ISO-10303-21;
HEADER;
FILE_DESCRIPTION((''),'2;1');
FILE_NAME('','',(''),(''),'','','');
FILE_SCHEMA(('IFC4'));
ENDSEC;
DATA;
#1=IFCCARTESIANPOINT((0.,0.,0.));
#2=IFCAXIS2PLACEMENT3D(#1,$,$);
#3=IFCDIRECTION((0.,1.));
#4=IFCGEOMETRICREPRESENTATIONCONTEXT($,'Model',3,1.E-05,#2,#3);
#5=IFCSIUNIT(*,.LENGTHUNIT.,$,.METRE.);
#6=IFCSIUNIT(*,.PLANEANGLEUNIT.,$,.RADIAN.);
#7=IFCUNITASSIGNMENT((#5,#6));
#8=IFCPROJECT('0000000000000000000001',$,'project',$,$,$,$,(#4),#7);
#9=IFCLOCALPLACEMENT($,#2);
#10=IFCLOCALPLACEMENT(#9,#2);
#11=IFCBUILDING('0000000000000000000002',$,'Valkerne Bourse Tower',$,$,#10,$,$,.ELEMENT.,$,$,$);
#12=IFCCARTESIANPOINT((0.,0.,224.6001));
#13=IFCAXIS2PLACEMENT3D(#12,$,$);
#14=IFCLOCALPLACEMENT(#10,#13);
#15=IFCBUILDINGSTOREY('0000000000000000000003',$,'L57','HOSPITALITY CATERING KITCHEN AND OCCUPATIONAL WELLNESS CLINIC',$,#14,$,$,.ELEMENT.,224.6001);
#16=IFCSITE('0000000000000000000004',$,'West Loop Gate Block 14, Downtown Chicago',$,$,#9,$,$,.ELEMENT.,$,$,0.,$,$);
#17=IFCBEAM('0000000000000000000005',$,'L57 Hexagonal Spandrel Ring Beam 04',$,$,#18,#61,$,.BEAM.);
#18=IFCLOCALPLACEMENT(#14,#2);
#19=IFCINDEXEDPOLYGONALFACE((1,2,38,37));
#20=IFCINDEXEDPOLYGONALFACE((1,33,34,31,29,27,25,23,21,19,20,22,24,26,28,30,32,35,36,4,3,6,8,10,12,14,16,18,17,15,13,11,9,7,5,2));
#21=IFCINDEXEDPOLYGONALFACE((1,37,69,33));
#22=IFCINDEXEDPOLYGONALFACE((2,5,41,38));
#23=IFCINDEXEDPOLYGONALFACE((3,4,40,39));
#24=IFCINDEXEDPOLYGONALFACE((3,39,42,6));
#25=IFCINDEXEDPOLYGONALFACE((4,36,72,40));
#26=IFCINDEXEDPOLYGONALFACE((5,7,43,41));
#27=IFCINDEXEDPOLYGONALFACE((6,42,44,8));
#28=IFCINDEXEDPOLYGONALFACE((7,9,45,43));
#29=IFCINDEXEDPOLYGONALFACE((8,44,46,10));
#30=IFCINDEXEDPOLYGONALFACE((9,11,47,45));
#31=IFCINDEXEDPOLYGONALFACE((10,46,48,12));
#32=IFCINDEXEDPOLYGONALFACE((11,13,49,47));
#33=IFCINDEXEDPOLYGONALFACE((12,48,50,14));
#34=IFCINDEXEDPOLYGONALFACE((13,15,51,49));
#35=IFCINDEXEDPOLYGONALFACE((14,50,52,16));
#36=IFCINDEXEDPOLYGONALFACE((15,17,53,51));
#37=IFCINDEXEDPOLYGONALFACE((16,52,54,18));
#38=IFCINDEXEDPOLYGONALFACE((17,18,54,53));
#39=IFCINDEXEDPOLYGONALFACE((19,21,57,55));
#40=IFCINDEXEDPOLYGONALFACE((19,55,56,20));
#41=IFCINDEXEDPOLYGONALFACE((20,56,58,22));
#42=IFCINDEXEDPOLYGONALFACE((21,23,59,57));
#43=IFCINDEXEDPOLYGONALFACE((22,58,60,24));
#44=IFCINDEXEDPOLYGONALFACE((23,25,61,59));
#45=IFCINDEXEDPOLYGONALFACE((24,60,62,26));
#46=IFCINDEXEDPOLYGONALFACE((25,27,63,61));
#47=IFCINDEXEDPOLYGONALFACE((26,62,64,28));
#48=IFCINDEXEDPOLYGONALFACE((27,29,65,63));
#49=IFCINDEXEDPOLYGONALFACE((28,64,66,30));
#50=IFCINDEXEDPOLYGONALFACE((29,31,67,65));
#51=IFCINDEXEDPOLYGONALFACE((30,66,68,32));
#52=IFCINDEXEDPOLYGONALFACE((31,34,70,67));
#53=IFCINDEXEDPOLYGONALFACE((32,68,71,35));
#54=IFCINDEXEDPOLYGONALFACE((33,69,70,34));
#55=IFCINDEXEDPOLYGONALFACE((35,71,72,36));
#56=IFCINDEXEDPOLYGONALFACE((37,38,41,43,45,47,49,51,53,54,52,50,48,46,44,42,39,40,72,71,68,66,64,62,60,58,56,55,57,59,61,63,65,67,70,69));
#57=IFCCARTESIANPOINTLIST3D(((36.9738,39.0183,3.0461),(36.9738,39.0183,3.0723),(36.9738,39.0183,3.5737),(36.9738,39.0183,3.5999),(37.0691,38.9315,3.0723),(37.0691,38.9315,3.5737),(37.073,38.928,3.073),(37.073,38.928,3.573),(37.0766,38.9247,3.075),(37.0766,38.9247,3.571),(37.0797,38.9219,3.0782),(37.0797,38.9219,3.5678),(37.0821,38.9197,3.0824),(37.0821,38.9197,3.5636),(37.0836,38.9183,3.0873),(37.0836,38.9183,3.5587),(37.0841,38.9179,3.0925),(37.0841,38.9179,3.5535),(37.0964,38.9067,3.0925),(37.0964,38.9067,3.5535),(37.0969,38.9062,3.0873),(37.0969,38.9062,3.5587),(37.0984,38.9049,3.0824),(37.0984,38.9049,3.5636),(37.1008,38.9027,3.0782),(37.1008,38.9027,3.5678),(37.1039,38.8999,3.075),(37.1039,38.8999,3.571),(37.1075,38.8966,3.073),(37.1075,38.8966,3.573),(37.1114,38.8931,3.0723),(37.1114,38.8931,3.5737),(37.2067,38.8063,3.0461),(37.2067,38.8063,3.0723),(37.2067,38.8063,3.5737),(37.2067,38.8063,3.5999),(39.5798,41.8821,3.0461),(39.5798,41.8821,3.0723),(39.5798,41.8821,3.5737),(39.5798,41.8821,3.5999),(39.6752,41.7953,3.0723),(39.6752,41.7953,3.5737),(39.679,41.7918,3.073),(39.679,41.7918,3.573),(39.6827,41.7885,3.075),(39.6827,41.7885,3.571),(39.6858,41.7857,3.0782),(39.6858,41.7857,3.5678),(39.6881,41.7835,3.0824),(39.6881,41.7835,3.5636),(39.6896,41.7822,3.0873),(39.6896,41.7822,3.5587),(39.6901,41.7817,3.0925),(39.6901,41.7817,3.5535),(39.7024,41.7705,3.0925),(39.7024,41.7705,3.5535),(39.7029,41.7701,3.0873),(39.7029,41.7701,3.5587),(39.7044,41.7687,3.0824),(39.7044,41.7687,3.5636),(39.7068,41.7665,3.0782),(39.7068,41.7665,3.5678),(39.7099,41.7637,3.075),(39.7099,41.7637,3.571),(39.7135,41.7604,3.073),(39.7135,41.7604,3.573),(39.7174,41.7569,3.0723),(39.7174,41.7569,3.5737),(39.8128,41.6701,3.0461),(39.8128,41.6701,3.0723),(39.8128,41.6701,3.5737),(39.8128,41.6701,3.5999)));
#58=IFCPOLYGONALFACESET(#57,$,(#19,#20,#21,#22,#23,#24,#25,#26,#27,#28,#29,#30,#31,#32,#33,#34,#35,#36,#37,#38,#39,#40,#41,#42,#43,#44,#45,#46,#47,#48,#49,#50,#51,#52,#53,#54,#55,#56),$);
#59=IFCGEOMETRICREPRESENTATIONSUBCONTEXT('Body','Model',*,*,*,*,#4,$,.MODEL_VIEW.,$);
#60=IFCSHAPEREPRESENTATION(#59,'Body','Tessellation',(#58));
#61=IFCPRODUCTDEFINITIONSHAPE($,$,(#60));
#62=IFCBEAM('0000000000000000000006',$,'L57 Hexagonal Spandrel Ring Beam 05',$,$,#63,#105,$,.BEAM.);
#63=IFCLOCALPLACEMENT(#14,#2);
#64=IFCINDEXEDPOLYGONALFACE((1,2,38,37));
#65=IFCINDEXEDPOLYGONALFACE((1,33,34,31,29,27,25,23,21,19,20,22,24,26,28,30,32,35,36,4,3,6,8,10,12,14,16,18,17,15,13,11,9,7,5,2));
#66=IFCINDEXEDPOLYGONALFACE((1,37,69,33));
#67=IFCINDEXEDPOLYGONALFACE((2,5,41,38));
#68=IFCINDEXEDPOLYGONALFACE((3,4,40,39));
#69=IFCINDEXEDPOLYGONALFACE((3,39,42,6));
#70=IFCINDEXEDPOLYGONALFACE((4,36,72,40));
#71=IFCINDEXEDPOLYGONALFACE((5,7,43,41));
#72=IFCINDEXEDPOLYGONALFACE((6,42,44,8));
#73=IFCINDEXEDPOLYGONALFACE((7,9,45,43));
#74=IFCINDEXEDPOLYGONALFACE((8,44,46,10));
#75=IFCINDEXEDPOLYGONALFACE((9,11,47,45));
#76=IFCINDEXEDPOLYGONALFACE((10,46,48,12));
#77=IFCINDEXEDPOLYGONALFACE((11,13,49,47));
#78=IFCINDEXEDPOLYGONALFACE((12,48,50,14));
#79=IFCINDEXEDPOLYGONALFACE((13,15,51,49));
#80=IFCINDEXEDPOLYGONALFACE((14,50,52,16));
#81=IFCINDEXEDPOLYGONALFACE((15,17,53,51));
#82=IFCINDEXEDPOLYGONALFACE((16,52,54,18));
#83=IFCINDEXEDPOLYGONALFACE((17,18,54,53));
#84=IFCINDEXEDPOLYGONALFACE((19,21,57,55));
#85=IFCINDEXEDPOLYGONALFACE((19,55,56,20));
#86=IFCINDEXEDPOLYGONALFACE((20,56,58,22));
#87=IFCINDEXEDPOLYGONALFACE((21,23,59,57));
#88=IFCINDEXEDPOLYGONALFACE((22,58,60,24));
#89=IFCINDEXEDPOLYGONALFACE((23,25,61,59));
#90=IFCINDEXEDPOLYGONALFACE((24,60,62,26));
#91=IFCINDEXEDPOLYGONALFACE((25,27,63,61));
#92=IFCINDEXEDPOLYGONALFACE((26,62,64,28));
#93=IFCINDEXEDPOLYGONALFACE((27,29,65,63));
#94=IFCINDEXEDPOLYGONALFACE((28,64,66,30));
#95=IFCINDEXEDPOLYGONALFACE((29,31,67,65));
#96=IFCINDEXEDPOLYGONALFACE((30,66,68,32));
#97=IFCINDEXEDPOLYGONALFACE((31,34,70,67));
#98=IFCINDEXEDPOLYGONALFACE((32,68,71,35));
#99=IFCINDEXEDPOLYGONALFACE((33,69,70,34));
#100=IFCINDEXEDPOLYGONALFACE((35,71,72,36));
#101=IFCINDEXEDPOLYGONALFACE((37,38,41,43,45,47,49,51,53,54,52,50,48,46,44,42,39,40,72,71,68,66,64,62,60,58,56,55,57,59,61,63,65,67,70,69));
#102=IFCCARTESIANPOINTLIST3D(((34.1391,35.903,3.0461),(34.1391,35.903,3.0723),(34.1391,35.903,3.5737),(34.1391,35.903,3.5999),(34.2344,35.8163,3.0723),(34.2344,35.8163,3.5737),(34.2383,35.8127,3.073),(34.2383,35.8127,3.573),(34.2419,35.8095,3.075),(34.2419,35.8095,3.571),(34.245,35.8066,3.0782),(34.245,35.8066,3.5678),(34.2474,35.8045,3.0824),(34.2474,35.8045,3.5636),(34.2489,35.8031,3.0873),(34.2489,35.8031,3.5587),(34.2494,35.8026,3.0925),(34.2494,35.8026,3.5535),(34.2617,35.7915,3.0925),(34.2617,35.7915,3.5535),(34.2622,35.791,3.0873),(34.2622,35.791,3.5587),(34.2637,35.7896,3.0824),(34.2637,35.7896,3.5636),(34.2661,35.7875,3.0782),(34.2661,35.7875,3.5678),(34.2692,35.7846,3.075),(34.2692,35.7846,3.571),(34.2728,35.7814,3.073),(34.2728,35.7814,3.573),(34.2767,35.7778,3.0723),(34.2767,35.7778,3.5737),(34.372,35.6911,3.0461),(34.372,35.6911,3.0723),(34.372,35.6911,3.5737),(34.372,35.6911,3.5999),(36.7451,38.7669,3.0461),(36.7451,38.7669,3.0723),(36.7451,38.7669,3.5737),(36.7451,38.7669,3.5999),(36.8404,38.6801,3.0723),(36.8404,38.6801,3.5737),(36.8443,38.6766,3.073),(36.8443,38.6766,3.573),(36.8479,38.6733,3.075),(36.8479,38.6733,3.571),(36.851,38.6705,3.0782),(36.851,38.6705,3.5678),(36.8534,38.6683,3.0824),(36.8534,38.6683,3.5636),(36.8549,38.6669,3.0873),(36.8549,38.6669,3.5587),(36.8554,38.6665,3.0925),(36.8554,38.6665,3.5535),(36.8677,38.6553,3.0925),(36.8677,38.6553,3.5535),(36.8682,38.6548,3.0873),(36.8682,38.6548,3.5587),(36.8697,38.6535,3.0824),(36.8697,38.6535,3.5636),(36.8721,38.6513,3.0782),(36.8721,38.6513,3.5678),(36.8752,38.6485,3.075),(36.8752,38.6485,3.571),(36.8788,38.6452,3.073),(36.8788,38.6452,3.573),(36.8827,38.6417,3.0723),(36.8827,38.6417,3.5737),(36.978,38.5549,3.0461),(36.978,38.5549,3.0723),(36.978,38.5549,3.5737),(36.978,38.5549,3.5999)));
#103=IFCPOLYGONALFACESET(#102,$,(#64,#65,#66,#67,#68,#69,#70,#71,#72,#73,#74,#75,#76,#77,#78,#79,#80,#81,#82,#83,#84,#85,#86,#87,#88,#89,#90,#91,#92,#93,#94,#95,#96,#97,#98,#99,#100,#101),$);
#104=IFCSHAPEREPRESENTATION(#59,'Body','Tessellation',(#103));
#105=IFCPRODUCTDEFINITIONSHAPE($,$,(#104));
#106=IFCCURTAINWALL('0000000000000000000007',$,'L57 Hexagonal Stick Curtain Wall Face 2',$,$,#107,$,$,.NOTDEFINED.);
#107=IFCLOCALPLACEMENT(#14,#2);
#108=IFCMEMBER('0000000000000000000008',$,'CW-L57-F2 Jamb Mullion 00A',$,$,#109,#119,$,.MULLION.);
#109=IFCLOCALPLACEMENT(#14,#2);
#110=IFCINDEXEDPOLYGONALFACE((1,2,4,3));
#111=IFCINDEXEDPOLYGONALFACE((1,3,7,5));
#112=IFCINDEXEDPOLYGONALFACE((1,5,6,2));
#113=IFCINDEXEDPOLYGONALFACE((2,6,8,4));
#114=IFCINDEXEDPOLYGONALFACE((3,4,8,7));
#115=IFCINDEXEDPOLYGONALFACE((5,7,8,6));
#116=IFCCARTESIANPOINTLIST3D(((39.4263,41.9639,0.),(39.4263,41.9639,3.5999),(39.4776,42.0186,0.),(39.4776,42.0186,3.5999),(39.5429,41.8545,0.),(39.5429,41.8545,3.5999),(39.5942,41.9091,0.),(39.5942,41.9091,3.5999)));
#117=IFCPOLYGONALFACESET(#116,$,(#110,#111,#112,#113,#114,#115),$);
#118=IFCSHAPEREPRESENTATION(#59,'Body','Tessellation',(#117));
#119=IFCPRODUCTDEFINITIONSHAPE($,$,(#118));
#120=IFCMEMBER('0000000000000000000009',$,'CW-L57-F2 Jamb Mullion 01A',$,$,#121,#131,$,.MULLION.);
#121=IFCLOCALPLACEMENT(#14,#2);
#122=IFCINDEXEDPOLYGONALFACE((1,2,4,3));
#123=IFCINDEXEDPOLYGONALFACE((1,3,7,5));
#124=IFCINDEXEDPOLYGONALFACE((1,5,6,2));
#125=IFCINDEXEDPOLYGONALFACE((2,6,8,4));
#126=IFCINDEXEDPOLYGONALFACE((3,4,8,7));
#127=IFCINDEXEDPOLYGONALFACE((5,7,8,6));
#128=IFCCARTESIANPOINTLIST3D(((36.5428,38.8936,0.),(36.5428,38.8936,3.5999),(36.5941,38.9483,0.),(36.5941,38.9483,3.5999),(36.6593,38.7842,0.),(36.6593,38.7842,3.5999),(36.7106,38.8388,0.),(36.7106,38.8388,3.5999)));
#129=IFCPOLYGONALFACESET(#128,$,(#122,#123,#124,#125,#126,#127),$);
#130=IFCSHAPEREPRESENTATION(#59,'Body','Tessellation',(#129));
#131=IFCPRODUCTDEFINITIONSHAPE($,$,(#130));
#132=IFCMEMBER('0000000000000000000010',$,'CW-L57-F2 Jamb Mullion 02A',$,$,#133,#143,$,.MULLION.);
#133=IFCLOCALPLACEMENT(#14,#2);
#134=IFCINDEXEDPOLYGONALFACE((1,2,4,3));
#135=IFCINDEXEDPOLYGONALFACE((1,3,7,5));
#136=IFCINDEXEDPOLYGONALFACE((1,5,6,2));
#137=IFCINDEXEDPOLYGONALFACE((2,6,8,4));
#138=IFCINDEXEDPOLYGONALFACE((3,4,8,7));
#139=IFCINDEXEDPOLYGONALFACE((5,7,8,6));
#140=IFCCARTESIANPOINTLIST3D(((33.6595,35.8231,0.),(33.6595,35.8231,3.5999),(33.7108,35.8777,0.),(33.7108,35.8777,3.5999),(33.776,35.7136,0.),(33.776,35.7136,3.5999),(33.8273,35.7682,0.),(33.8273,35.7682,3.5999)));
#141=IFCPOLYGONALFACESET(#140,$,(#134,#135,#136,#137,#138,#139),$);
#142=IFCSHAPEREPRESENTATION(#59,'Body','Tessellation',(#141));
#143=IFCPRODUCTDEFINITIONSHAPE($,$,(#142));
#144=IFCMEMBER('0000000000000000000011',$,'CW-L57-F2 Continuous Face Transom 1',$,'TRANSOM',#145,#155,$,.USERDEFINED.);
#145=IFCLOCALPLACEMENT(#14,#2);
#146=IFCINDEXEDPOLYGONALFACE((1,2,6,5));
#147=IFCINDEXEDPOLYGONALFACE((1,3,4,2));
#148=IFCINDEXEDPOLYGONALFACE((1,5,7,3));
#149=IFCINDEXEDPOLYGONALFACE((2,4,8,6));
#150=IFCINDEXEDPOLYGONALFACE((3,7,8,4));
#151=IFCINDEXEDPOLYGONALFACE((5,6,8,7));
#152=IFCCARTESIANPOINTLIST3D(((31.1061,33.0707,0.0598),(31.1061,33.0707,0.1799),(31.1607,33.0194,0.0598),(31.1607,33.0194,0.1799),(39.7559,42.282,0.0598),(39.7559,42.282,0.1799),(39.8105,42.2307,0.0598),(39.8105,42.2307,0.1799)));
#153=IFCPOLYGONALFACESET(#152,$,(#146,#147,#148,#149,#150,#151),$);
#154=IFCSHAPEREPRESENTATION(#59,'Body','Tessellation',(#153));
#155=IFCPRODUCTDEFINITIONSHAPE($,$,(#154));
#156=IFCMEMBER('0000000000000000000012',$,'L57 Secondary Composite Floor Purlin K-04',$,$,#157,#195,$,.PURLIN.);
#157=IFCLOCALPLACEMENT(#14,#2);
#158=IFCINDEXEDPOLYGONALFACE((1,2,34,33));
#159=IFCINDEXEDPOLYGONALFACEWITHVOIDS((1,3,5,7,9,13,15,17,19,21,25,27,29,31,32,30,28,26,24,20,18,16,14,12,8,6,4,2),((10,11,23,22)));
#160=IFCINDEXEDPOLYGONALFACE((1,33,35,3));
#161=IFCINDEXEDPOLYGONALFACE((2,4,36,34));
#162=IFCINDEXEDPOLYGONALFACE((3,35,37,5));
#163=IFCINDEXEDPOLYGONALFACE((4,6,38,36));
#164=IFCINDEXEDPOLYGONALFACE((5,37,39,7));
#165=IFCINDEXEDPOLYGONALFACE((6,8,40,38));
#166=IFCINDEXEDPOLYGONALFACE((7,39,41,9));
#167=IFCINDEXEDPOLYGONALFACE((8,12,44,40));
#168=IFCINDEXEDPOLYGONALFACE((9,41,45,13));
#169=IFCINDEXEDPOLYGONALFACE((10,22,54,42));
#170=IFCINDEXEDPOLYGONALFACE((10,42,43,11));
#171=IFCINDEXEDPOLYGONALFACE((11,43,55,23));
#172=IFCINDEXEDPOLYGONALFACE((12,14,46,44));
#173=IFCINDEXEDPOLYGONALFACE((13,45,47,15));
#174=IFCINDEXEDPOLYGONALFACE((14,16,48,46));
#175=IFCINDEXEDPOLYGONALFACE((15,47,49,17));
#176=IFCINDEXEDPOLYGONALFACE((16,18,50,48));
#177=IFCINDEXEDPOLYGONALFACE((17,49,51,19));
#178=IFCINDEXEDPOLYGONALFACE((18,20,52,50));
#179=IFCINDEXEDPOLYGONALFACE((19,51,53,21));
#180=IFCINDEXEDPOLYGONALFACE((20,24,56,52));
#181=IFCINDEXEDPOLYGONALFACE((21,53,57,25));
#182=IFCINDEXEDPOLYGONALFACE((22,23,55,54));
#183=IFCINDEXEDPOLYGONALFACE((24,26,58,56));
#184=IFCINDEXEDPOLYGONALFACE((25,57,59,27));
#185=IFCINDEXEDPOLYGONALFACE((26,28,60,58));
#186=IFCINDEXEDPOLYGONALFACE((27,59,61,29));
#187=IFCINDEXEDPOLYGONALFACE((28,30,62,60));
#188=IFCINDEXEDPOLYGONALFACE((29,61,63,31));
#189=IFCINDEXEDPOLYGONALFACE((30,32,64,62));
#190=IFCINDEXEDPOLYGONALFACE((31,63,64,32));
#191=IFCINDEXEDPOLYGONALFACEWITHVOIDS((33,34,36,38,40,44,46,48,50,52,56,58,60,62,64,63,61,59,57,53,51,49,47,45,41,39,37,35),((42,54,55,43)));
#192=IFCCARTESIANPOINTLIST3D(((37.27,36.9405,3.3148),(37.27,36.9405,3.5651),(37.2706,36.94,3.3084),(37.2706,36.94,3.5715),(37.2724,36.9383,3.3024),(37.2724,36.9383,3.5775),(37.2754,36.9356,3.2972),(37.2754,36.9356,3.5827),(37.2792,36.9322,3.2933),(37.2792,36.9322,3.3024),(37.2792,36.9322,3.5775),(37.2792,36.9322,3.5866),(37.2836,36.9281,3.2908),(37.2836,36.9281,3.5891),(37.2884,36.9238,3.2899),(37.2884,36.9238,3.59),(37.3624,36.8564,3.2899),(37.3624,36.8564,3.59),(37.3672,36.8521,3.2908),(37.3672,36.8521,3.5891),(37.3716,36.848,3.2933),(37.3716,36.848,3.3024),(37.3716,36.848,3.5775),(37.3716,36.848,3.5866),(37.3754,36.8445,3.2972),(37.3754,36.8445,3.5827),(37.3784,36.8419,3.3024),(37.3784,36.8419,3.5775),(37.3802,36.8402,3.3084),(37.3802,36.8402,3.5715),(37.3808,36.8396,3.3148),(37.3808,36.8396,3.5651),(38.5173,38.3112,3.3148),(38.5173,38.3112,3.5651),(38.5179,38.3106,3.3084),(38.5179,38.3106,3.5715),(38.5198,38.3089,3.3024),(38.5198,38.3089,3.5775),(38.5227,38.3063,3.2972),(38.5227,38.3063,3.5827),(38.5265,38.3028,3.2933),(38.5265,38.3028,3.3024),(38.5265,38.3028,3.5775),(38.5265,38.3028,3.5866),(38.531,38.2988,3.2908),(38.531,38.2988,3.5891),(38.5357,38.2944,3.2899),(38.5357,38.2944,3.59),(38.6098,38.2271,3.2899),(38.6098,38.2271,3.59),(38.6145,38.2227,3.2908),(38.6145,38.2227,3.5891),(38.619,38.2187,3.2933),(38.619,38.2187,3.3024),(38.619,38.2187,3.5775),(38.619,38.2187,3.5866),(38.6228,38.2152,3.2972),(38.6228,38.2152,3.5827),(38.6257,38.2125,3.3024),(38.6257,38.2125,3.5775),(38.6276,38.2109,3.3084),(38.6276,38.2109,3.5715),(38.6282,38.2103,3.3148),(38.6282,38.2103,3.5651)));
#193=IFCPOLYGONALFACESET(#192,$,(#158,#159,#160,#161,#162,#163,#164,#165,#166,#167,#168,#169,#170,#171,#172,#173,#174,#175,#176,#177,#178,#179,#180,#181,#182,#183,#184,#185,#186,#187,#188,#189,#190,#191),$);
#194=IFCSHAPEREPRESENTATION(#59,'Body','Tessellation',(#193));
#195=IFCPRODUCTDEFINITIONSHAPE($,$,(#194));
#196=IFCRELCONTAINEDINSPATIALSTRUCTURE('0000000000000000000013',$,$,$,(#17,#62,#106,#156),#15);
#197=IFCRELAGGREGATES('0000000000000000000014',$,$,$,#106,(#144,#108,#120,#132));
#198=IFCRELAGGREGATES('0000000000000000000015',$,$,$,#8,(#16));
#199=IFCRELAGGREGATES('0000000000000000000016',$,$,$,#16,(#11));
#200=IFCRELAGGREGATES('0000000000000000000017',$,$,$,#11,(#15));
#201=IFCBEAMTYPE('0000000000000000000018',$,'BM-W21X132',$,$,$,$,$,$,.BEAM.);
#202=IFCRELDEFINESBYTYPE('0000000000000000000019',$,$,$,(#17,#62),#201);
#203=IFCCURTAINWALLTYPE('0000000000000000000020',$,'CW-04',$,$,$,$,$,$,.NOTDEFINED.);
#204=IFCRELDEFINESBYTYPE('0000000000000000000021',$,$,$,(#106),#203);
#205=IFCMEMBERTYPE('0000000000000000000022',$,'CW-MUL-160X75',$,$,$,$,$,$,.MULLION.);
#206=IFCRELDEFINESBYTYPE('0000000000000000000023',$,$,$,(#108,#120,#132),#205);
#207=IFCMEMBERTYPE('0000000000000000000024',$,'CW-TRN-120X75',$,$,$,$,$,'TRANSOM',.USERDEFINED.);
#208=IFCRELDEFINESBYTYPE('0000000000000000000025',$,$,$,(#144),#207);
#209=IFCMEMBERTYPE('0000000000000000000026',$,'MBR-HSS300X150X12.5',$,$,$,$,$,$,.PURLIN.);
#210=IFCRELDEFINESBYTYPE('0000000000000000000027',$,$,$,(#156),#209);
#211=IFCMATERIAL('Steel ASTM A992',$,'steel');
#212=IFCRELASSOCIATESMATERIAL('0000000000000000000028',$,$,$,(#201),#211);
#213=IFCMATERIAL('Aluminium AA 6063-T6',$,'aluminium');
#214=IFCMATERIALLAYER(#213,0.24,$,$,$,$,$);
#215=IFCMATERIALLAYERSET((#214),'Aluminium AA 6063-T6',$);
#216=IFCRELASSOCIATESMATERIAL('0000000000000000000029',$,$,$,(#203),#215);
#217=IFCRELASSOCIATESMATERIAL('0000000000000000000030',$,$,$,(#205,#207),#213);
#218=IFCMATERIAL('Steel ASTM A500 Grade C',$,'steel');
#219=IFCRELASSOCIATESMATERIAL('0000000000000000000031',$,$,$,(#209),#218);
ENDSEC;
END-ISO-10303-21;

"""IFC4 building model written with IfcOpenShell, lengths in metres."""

from ifc_helpers import new_model, si_unit, direction, frame, origin, origin_2d, place, context, subcontext, project, spatial, rectangle, hollow_rectangle, i_section, extrude, material, layer, layer_set, material_profile, profile_set, type_object, element, aggregate, save


model = new_model("IFC4")

# Units and contexts
model_context = context("Model", 3, precision=1e-05, world=origin(), true_north=direction((0.0, 1.0)))
body_context = subcontext(model_context, "Body", "Model", "MODEL_VIEW")
ifc_project = project(units=[si_unit("LENGTHUNIT", "METRE"), si_unit("PLANEANGLEUNIT", "RADIAN")], contexts=[model_context])

# Site, building, storey
site_placement = place(None, origin())
site = spatial("IfcSite", under=ifc_project, at=site_placement, Name="West Loop Gate Block 14, Downtown Chicago", CompositionType="ELEMENT", RefElevation=0.0)
building_placement = place(site_placement, origin())
building = spatial("IfcBuilding", under=site, at=building_placement, Name="Valkerne Bourse Tower", CompositionType="ELEMENT")
storey_placement = place(building_placement, frame((0.0, 0.0, 224.6001)))
storey = spatial("IfcBuildingStorey", under=building, at=storey_placement, Name="L57", Description="HOSPITALITY CATERING KITCHEN AND OCCUPATIONAL WELLNESS CLINIC", CompositionType="ELEMENT", Elevation=224.6001)

# Beams
ifc_material_1 = material(Name="Steel ASTM A992", Category="steel")
ifc_material_profile_1 = material_profile(ifc_material_1, i_section(OverallWidth=0.3149, OverallDepth=0.5537, WebThickness=0.0166, FlangeThickness=0.0261, FilletRadius=0.0203, at=origin_2d()), Name="W21X132")
ifc_profile_set_1 = profile_set([ifc_material_profile_1], Name="Steel ASTM A992")
beam_type_1 = type_object("IfcBeamType", Name="BM-W21X132", PredefinedType="BEAM", material=ifc_profile_set_1)
for number, where, z_axis, x_axis, name in (
    (1, (39.6963, 41.7761, 3.323), (-0.67303, -0.739615, 0.0), (0.739615, -0.67303, 0.0), "L57 Hexagonal Spandrel Ring Beam 04"),
    (2, (36.8616, 38.6609, 3.323), (-0.67303, -0.739615, 0.0), (0.739615, -0.67303, 0.0), "L57 Hexagonal Spandrel Ring Beam 05"),
):
    element("IfcBeam", number, at=place(storey_placement, frame(where, z_axis=z_axis, x_axis=x_axis)), inside=storey, type_object=beam_type_1, Name=name, PredefinedType="BEAM", context=body_context, shape_type="SweptSolid", body=[
        extrude(i_section(OverallWidth=0.3149, OverallDepth=0.5537, WebThickness=0.0166, FlangeThickness=0.0261, FilletRadius=0.0203, at=origin_2d()), origin(), (0.0, 0.0, 1.0), 3.8721),
    ])

# Curtain wall, members
ifc_material_2 = material(Name="Aluminium AA 6063-T6", Category="aluminium")
ifc_layer_1 = layer(ifc_material_2, 0.24)
ifc_layer_set_1 = layer_set([ifc_layer_1], Name="Aluminium AA 6063-T6")
curtain_wall_type = type_object("IfcCurtainWallType", Name="CW-04", PredefinedType="NOTDEFINED", material=ifc_layer_set_1)
curtain_wall_placement = place(storey_placement, origin())
curtain_wall = element("IfcCurtainWall", 3, at=curtain_wall_placement, inside=storey, type_object=curtain_wall_type, Name="L57 Hexagonal Stick Curtain Wall Face 2", PredefinedType="NOTDEFINED")
ifc_material_profile_2 = material_profile(ifc_material_2, rectangle(XDim=0.075, YDim=0.1599, at=origin_2d()), Name="CWM-75X160")
ifc_profile_set_2 = profile_set([ifc_material_profile_2], Name="Aluminium AA 6063-T6")
member_type_1 = type_object("IfcMemberType", Name="CW-MUL-160X75", PredefinedType="MULLION", material=ifc_profile_set_2)
member_1_placement = place(storey_placement, frame((39.5103, 41.9365, 0.0), z_axis=(0.0, 0.0, 1.0), x_axis=(-0.68456, -0.728956, 0.0)))
member_1 = element("IfcMember", 4, at=member_1_placement, type_object=member_type_1, Name="CW-L57-F2 Jamb Mullion 00A", PredefinedType="MULLION", context=body_context, shape_type="SweptSolid", body=[
    extrude(rectangle(XDim=0.075, YDim=0.1599, at=origin_2d()), origin(), (0.0, 0.0, 1.0), 3.5999),
])
member_2_placement = place(storey_placement, frame((36.6267, 38.8662, 0.0), z_axis=(0.0, 0.0, 1.0), x_axis=(-0.684536, -0.728979, 0.0)))
member_2 = element("IfcMember", 5, at=member_2_placement, type_object=member_type_1, Name="CW-L57-F2 Jamb Mullion 01A", PredefinedType="MULLION", context=body_context, shape_type="SweptSolid", body=[
    extrude(rectangle(XDim=0.075, YDim=0.1599, at=origin_2d()), origin(), (0.0, 0.0, 1.0), 3.5999),
])
member_3_placement = place(storey_placement, frame((33.7434, 35.7957, 0.0), z_axis=(0.0, 0.0, 1.0), x_axis=(-0.684547, -0.728968, 0.0)))
member_3 = element("IfcMember", 6, at=member_3_placement, type_object=member_type_1, Name="CW-L57-F2 Jamb Mullion 02A", PredefinedType="MULLION", context=body_context, shape_type="SweptSolid", body=[
    extrude(rectangle(XDim=0.075, YDim=0.1599, at=origin_2d()), origin(), (0.0, 0.0, 1.0), 3.5999),
])
ifc_material_profile_3 = material_profile(ifc_material_2, rectangle(XDim=0.075, YDim=0.1201, at=origin_2d()), Name="CWT-75X120")
ifc_profile_set_3 = profile_set([ifc_material_profile_3], Name="Aluminium AA 6063-T6")
member_type_2 = type_object("IfcMemberType", Name="CW-TRN-120X75", ElementType="TRANSOM", PredefinedType="USERDEFINED", material=ifc_profile_set_3)
member_4_placement = place(storey_placement, frame((39.7832, 42.2563, 0.1199), z_axis=(-0.684539, -0.728977, 0.0), x_axis=(0.728977, -0.684539, 0.0)))
member_4 = element("IfcMember", 7, at=member_4_placement, type_object=member_type_2, Name="CW-L57-F2 Continuous Face Transom 1", ObjectType="TRANSOM", PredefinedType="USERDEFINED", context=body_context, shape_type="SweptSolid", body=[
    extrude(rectangle(XDim=0.075, YDim=0.1201, at=origin_2d()), origin(), (0.0, 0.0, 1.0), 12.636),
])

# Member
ifc_material_3 = material(Name="Steel ASTM A500 Grade C", Category="steel")
ifc_material_profile_4 = material_profile(ifc_material_3, hollow_rectangle(XDim=0.1499, YDim=0.3, WallThickness=0.0125, OuterFilletRadius=0.0249, at=origin_2d()), Name="HSS300X150X12.5")
ifc_profile_set_4 = profile_set([ifc_material_profile_4], Name="Steel ASTM A500 Grade C")
member_type_3 = type_object("IfcMemberType", Name="MBR-HSS300X150X12.5", PredefinedType="PURLIN", material=ifc_profile_set_4)
for number, where, z_axis, x_axis, name in (
    (8, (38.5728, 38.2607, 3.4399), (-0.67306, -0.739588, 0.0), (0.739588, -0.67306, 0.0), "L57 Secondary Composite Floor Purlin K-04"),
):
    element("IfcMember", number, at=place(storey_placement, frame(where, z_axis=z_axis, x_axis=x_axis)), inside=storey, type_object=member_type_3, Name=name, PredefinedType="PURLIN", context=body_context, shape_type="SweptSolid", body=[
        extrude(hollow_rectangle(XDim=0.1499, YDim=0.3, WallThickness=0.0125, OuterFilletRadius=0.0249, at=origin_2d()), origin(), (0.0, 0.0, 1.0), 1.8533),
    ])

aggregate(curtain_wall, [member_4, member_1, member_2, member_3])

save(model, "model.ifc")
